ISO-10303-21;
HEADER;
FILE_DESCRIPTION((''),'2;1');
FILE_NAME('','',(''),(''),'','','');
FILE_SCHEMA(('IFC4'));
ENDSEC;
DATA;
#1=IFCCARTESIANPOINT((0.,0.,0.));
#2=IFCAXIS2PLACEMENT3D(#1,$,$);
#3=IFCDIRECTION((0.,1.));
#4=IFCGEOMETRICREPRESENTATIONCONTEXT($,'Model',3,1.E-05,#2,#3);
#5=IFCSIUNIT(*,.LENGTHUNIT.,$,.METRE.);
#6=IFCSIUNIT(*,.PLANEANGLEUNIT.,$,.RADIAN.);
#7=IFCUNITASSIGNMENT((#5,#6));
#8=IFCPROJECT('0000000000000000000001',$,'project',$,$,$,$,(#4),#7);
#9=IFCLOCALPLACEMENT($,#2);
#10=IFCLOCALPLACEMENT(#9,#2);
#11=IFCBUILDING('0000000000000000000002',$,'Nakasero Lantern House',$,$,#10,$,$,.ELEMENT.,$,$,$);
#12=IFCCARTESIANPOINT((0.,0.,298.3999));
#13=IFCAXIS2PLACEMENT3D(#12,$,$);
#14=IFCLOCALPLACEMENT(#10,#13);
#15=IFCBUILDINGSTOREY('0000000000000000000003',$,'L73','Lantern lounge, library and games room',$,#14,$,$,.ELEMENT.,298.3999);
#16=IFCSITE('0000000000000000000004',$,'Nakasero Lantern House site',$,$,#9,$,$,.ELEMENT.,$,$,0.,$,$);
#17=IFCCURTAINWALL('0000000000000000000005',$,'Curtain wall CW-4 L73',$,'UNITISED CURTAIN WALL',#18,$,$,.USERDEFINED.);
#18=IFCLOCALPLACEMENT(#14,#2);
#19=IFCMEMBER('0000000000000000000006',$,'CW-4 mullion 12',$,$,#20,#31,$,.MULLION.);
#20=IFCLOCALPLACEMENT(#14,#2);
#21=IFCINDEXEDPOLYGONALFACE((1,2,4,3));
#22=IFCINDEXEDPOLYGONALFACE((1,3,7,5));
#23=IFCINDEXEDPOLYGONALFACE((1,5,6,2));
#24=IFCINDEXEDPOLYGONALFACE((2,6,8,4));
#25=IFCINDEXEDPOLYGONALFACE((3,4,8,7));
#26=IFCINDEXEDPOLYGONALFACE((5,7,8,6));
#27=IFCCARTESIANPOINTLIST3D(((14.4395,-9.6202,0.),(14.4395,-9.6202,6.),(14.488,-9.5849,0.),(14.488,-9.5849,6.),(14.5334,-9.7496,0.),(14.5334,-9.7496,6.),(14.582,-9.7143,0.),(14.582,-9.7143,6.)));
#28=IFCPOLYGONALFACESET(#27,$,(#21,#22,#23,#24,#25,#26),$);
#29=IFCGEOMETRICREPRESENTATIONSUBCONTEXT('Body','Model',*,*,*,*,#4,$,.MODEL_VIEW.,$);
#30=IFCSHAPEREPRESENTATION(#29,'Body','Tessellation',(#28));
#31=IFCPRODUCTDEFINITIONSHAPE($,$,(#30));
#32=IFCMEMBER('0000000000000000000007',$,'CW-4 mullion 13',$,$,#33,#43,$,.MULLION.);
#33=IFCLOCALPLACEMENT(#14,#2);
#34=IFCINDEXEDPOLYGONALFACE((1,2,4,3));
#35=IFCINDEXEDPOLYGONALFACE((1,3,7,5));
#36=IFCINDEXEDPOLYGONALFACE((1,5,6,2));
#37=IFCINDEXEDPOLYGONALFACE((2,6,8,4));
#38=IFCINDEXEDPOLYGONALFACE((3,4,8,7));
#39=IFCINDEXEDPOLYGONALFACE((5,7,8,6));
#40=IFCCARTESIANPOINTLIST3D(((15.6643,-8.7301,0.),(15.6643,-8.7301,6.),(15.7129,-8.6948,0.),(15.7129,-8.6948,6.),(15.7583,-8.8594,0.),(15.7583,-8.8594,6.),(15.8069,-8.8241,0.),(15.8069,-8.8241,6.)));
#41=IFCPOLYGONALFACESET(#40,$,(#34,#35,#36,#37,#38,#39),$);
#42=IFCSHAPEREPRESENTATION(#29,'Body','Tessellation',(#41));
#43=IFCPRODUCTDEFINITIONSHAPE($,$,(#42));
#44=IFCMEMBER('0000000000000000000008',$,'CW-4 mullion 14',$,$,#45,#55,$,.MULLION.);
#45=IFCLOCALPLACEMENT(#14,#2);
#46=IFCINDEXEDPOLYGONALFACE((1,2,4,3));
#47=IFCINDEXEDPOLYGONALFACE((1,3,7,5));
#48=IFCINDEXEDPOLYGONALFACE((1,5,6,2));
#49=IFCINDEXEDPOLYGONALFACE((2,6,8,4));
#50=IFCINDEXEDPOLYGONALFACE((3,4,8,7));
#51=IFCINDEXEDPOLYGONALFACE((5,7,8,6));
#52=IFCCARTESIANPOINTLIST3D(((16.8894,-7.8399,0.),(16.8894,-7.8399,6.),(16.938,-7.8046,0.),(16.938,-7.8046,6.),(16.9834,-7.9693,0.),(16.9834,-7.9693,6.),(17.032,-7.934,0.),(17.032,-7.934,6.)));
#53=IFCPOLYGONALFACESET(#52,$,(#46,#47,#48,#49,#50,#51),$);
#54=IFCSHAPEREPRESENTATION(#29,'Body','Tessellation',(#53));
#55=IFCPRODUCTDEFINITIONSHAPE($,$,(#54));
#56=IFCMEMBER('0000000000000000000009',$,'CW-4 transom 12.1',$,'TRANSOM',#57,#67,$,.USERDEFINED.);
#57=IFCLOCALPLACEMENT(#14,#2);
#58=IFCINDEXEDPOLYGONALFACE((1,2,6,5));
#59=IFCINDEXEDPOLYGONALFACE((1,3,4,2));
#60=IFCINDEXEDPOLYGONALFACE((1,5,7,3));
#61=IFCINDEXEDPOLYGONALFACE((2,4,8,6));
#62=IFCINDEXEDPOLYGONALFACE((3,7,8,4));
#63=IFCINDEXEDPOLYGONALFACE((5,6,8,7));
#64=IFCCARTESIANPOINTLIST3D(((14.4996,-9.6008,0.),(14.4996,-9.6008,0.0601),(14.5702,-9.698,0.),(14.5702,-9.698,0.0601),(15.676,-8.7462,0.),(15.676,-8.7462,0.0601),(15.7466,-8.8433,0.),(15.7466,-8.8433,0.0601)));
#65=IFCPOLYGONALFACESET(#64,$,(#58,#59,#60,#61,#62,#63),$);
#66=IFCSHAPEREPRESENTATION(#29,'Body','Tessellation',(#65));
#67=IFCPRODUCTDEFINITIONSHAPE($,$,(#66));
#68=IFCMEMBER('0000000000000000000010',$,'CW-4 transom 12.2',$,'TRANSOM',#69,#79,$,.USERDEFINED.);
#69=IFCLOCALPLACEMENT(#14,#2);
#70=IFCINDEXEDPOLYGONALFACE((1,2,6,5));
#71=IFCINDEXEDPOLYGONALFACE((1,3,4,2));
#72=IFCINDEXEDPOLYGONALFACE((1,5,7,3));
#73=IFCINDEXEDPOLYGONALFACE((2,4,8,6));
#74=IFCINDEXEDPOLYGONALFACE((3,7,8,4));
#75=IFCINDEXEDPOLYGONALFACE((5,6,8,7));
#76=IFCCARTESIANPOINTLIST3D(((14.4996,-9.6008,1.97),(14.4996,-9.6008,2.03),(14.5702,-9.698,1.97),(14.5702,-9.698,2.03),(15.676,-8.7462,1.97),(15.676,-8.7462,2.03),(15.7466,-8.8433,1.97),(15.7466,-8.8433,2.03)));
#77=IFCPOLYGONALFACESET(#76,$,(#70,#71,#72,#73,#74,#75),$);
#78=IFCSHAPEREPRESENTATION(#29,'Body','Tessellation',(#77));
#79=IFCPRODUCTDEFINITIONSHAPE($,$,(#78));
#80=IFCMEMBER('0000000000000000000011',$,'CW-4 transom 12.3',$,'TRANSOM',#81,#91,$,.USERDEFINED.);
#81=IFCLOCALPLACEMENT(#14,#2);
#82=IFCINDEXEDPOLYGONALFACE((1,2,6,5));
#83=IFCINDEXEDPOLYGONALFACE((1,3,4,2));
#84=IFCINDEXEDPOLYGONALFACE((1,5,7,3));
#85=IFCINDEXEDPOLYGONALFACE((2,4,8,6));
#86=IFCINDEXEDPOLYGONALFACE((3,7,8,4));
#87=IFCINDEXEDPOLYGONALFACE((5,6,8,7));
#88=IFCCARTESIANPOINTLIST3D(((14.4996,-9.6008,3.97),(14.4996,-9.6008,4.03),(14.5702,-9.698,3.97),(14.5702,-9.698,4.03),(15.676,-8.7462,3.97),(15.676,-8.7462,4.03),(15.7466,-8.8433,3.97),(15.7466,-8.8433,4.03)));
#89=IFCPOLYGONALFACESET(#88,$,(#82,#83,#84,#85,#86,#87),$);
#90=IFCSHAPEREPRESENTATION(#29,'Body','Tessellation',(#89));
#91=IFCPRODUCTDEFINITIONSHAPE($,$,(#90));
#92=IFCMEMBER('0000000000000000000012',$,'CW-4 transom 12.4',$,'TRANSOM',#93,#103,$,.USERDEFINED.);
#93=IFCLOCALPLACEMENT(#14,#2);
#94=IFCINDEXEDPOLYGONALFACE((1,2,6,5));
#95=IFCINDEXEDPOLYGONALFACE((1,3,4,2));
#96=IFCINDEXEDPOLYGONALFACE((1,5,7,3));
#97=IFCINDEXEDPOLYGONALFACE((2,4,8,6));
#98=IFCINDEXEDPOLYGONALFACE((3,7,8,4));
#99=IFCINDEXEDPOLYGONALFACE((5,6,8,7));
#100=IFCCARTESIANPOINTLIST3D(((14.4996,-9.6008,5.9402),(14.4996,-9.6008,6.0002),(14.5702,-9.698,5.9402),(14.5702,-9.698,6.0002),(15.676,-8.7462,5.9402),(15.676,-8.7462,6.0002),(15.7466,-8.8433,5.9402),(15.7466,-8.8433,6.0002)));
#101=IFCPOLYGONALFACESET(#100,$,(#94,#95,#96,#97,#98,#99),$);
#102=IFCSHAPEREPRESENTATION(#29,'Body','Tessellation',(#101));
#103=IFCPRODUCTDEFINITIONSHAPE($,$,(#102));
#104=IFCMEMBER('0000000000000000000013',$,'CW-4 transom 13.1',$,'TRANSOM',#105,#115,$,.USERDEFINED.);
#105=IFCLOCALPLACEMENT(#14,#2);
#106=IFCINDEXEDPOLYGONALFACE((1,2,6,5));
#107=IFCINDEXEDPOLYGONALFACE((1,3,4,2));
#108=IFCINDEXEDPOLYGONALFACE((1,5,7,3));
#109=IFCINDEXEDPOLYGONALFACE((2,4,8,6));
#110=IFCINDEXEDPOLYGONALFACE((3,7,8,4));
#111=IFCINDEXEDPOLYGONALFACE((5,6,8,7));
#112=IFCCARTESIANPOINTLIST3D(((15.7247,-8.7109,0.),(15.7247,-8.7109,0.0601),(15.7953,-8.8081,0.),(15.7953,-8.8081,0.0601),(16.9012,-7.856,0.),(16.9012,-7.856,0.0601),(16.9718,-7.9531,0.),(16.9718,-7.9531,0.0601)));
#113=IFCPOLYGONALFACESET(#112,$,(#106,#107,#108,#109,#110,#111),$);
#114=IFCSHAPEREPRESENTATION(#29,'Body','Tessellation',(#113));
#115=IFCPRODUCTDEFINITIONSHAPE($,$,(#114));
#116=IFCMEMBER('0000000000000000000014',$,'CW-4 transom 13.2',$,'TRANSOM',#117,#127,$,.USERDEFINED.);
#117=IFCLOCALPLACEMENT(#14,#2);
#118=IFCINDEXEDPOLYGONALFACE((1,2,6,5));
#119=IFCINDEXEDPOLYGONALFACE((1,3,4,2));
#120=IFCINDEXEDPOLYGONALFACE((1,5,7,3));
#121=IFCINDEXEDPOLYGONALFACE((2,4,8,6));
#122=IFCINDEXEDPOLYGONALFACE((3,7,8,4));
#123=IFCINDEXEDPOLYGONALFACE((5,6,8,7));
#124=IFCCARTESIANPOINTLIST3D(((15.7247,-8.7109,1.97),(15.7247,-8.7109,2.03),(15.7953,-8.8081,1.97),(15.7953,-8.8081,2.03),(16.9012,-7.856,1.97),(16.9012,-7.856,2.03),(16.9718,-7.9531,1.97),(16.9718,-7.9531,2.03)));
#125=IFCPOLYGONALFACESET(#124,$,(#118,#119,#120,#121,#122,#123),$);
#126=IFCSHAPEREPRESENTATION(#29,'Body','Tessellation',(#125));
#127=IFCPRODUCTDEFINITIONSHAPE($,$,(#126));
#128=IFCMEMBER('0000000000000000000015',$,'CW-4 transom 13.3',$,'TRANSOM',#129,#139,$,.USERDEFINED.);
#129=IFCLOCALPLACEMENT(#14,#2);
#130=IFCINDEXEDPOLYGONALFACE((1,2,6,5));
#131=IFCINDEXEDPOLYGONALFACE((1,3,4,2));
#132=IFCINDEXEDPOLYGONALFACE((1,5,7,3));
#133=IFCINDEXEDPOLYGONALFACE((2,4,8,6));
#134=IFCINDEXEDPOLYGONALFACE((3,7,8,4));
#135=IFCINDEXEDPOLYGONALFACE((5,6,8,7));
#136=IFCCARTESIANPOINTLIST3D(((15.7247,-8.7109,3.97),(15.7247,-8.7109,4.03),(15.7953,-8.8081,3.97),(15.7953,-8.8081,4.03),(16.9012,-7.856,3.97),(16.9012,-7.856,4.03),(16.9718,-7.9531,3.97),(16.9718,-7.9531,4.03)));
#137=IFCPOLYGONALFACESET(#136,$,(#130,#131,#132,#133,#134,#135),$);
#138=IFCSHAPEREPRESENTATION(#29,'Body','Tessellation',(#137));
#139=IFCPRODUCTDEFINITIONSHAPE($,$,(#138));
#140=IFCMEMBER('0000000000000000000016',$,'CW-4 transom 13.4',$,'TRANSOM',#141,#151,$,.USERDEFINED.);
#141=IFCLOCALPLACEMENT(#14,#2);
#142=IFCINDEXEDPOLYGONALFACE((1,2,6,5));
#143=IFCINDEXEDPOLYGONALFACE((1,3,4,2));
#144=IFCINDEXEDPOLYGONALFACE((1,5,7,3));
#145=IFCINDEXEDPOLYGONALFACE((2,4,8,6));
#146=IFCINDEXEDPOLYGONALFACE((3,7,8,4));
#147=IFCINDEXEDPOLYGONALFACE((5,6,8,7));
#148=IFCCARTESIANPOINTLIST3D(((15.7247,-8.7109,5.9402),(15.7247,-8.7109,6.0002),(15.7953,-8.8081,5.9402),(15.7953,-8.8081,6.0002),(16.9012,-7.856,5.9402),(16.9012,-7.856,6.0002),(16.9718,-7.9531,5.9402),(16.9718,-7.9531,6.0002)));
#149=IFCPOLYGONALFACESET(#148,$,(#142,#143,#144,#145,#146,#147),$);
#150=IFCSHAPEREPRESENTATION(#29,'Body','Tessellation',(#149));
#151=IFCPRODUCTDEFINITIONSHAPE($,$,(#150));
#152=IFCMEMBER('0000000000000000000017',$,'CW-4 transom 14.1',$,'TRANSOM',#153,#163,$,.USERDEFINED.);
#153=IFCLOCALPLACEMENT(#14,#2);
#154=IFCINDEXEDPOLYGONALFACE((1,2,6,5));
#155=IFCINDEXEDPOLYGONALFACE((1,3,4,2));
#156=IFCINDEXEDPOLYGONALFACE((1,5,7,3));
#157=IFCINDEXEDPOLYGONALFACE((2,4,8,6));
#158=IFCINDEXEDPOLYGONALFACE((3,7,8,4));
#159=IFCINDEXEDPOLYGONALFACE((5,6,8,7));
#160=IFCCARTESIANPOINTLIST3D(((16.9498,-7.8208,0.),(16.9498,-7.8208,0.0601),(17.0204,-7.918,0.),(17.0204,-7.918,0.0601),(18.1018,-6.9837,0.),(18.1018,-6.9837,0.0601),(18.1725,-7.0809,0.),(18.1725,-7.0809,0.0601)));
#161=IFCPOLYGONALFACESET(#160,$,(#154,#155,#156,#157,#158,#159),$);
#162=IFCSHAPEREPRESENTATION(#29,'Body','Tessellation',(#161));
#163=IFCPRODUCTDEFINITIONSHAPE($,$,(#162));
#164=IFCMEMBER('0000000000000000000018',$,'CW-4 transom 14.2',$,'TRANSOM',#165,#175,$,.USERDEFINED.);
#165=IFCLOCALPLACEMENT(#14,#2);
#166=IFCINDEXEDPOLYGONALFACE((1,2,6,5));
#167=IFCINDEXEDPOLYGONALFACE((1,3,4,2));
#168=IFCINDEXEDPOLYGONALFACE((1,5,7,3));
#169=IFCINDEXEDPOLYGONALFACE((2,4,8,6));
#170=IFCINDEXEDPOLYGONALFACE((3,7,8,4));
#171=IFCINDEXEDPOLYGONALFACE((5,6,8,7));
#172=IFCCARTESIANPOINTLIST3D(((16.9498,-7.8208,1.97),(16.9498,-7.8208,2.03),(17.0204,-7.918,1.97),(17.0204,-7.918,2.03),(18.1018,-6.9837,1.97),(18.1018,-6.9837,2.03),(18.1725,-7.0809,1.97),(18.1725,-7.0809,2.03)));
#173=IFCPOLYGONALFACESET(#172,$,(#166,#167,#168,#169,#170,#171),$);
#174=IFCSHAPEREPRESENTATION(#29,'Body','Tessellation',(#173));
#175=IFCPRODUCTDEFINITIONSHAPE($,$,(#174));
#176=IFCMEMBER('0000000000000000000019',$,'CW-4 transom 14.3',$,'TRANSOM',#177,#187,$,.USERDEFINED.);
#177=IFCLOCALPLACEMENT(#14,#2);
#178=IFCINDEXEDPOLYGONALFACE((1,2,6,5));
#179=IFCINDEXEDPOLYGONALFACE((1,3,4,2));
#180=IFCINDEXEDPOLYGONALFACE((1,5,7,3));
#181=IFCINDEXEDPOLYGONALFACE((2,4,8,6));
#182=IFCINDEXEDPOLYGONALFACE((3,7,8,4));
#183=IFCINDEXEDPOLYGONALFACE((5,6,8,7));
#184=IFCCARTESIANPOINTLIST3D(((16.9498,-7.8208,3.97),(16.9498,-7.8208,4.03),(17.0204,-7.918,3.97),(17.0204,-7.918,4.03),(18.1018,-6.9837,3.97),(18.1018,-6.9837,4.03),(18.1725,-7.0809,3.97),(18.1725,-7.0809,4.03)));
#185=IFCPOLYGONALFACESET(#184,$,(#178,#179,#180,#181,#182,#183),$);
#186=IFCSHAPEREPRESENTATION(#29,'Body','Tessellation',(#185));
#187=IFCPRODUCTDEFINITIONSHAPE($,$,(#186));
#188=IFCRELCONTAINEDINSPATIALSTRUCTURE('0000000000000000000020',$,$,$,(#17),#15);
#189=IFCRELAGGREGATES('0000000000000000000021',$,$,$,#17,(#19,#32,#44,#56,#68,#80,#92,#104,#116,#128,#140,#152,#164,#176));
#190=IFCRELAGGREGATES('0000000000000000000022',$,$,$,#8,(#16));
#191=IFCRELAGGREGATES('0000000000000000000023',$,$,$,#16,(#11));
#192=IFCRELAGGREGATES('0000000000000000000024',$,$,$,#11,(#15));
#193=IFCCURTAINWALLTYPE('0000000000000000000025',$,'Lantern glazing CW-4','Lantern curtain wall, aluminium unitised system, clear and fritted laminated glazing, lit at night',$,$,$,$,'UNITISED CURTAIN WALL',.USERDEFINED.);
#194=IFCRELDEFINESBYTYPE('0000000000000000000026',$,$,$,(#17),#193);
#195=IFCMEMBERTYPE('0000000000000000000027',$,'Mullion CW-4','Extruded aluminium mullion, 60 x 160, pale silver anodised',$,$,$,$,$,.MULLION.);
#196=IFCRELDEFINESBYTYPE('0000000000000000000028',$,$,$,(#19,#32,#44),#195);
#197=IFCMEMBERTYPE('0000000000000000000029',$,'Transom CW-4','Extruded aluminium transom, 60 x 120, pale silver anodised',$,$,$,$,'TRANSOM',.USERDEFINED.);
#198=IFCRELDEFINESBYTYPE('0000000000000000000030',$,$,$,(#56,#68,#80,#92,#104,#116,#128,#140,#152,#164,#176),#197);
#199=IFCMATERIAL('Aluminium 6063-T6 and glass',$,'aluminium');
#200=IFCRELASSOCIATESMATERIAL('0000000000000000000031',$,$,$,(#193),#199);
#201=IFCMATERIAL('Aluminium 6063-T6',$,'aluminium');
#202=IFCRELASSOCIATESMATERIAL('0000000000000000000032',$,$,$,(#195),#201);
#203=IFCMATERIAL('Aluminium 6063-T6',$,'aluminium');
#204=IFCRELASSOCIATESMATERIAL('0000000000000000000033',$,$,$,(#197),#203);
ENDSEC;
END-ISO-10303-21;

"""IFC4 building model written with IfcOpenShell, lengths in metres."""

from ifc_helpers import new_model, si_unit, direction, frame, origin, origin_2d, place, context, subcontext, project, spatial, rectangle, extrude, material, material_profile, profile_set, type_object, element, aggregate, save


model = new_model("IFC4")

# Units and contexts
model_context = context("Model", 3, precision=1e-05, world=origin(), true_north=direction((0.0, 1.0)))
body_context = subcontext(model_context, "Body", "Model", "MODEL_VIEW")
ifc_project = project(units=[si_unit("LENGTHUNIT", "METRE"), si_unit("PLANEANGLEUNIT", "RADIAN")], contexts=[model_context])

# Site, building, storey
site_placement = place(None, origin())
site = spatial("IfcSite", under=ifc_project, at=site_placement, Name="Nakasero Lantern House site", CompositionType="ELEMENT", RefElevation=0.0)
building_placement = place(site_placement, origin())
building = spatial("IfcBuilding", under=site, at=building_placement, Name="Nakasero Lantern House", CompositionType="ELEMENT")
storey_placement = place(building_placement, frame((0.0, 0.0, 298.3999)))
storey = spatial("IfcBuildingStorey", under=building, at=storey_placement, Name="L73", Description="Lantern lounge, library and games room", CompositionType="ELEMENT", Elevation=298.3999)

# Curtain wall, members
ifc_material_1 = material(Name="Aluminium 6063-T6 and glass", Category="aluminium")
curtain_wall_type = type_object("IfcCurtainWallType", Name="Lantern glazing CW-4", Description="Lantern curtain wall, aluminium unitised system, clear and fritted laminated glazing, lit at night", ElementType="UNITISED CURTAIN WALL", PredefinedType="USERDEFINED", material=ifc_material_1)
curtain_wall_placement = place(storey_placement, origin())
curtain_wall = element("IfcCurtainWall", 1, at=curtain_wall_placement, inside=storey, type_object=curtain_wall_type, Name="Curtain wall CW-4 L73", ObjectType="UNITISED CURTAIN WALL", PredefinedType="USERDEFINED")
ifc_material_2 = material(Name="Aluminium 6063-T6", Category="aluminium")
ifc_material_profile_1 = material_profile(ifc_material_2, rectangle(XDim=0.0601, YDim=0.1599, at=origin_2d()), Name="CW-4 mullion 60x160")
ifc_profile_set_1 = profile_set([ifc_material_profile_1], Name="Aluminium 6063-T6")
member_type_1 = type_object("IfcMemberType", Name="Mullion CW-4", Description="Extruded aluminium mullion, 60 x 160, pale silver anodised", PredefinedType="MULLION", material=ifc_profile_set_1)
member_1_placement = place(storey_placement, frame((14.5107, -9.6672, 0.0), z_axis=(0.0, 0.0, 1.0), x_axis=(0.809017, 0.587785, 0.0)))
member_1 = element("IfcMember", 2, at=member_1_placement, type_object=member_type_1, Name="CW-4 mullion 12", PredefinedType="MULLION", context=body_context, shape_type="SweptSolid", body=[
    extrude(rectangle(XDim=0.0601, YDim=0.1599, at=origin_2d()), origin(), (0.0, 0.0, 1.0), 6.0),
])
member_2_placement = place(storey_placement, frame((15.7356, -8.7771, 0.0), z_axis=(0.0, 0.0, 1.0), x_axis=(0.809017, 0.587785, 0.0)))
member_2 = element("IfcMember", 3, at=member_2_placement, type_object=member_type_1, Name="CW-4 mullion 13", PredefinedType="MULLION", context=body_context, shape_type="SweptSolid", body=[
    extrude(rectangle(XDim=0.0601, YDim=0.1599, at=origin_2d()), origin(), (0.0, 0.0, 1.0), 6.0),
])
member_3_placement = place(storey_placement, frame((16.9607, -7.887, 0.0), z_axis=(0.0, 0.0, 1.0), x_axis=(0.809017, 0.587785, 0.0)))
member_3 = element("IfcMember", 4, at=member_3_placement, type_object=member_type_1, Name="CW-4 mullion 14", PredefinedType="MULLION", context=body_context, shape_type="SweptSolid", body=[
    extrude(rectangle(XDim=0.0601, YDim=0.1599, at=origin_2d()), origin(), (0.0, 0.0, 1.0), 6.0),
])
ifc_material_3 = material(Name="Aluminium 6063-T6", Category="aluminium")
ifc_material_profile_2 = material_profile(ifc_material_3, rectangle(XDim=0.0601, YDim=0.1201, at=origin_2d()), Name="CW-4 transom 60x120")
ifc_profile_set_2 = profile_set([ifc_material_profile_2], Name="Aluminium 6063-T6")
member_type_2 = type_object("IfcMemberType", Name="Transom CW-4", Description="Extruded aluminium transom, 60 x 120, pale silver anodised", ElementType="TRANSOM", PredefinedType="USERDEFINED", material=ifc_profile_set_2)
member_4_placement = place(storey_placement, frame((14.5349, -9.6494, 0.03), z_axis=(0.809034, 0.587762, 0.0), x_axis=(0.0, 0.0, 1.0)))
member_4 = element("IfcMember", 5, at=member_4_placement, type_object=member_type_2, Name="CW-4 transom 12.1", ObjectType="TRANSOM", PredefinedType="USERDEFINED", context=body_context, shape_type="SweptSolid", body=[
    extrude(rectangle(XDim=0.0601, YDim=0.1201, at=origin_2d()), origin(), (0.0, 0.0, 1.0), 1.4541),
])
member_5_placement = place(storey_placement, frame((14.5349, -9.6494, 2.0), z_axis=(0.809034, 0.587762, 0.0), x_axis=(0.0, 0.0, 1.0)))
member_5 = element("IfcMember", 6, at=member_5_placement, type_object=member_type_2, Name="CW-4 transom 12.2", ObjectType="TRANSOM", PredefinedType="USERDEFINED", context=body_context, shape_type="SweptSolid", body=[
    extrude(rectangle(XDim=0.0601, YDim=0.1201, at=origin_2d()), origin(), (0.0, 0.0, 1.0), 1.4541),
])
member_6_placement = place(storey_placement, frame((14.5349, -9.6494, 4.0), z_axis=(0.809034, 0.587762, 0.0), x_axis=(0.0, 0.0, 1.0)))
member_6 = element("IfcMember", 7, at=member_6_placement, type_object=member_type_2, Name="CW-4 transom 12.3", ObjectType="TRANSOM", PredefinedType="USERDEFINED", context=body_context, shape_type="SweptSolid", body=[
    extrude(rectangle(XDim=0.0601, YDim=0.1201, at=origin_2d()), origin(), (0.0, 0.0, 1.0), 1.4541),
])
member_7_placement = place(storey_placement, frame((14.5349, -9.6494, 5.9702), z_axis=(0.809034, 0.587762, 0.0), x_axis=(0.0, 0.0, 1.0)))
member_7 = element("IfcMember", 8, at=member_7_placement, type_object=member_type_2, Name="CW-4 transom 12.4", ObjectType="TRANSOM", PredefinedType="USERDEFINED", context=body_context, shape_type="SweptSolid", body=[
    extrude(rectangle(XDim=0.0601, YDim=0.1201, at=origin_2d()), origin(), (0.0, 0.0, 1.0), 1.4541),
])
member_8_placement = place(storey_placement, frame((15.76, -8.7595, 0.03), z_axis=(0.808954, 0.587872, 0.0), x_axis=(0.0, 0.0, 1.0)))
member_8 = element("IfcMember", 9, at=member_8_placement, type_object=member_type_2, Name="CW-4 transom 13.1", ObjectType="TRANSOM", PredefinedType="USERDEFINED", context=body_context, shape_type="SweptSolid", body=[
    extrude(rectangle(XDim=0.0601, YDim=0.1201, at=origin_2d()), origin(), (0.0, 0.0, 1.0), 1.4543),
])
member_9_placement = place(storey_placement, frame((15.76, -8.7595, 2.0), z_axis=(0.808954, 0.587872, 0.0), x_axis=(0.0, 0.0, 1.0)))
member_9 = element("IfcMember", 10, at=member_9_placement, type_object=member_type_2, Name="CW-4 transom 13.2", ObjectType="TRANSOM", PredefinedType="USERDEFINED", context=body_context, shape_type="SweptSolid", body=[
    extrude(rectangle(XDim=0.0601, YDim=0.1201, at=origin_2d()), origin(), (0.0, 0.0, 1.0), 1.4543),
])
member_10_placement = place(storey_placement, frame((15.76, -8.7595, 4.0), z_axis=(0.808954, 0.587872, 0.0), x_axis=(0.0, 0.0, 1.0)))
member_10 = element("IfcMember", 11, at=member_10_placement, type_object=member_type_2, Name="CW-4 transom 13.3", ObjectType="TRANSOM", PredefinedType="USERDEFINED", context=body_context, shape_type="SweptSolid", body=[
    extrude(rectangle(XDim=0.0601, YDim=0.1201, at=origin_2d()), origin(), (0.0, 0.0, 1.0), 1.4543),
])
member_11_placement = place(storey_placement, frame((15.76, -8.7595, 5.9702), z_axis=(0.808954, 0.587872, 0.0), x_axis=(0.0, 0.0, 1.0)))
member_11 = element("IfcMember", 12, at=member_11_placement, type_object=member_type_2, Name="CW-4 transom 13.4", ObjectType="TRANSOM", PredefinedType="USERDEFINED", context=body_context, shape_type="SweptSolid", body=[
    extrude(rectangle(XDim=0.0601, YDim=0.1201, at=origin_2d()), origin(), (0.0, 0.0, 1.0), 1.4543),
])
member_12_placement = place(storey_placement, frame((16.9851, -7.8694, 0.03), z_axis=(0.808981, 0.587835, 0.0), x_axis=(0.0, 0.0, 1.0)))
member_12 = element("IfcMember", 13, at=member_12_placement, type_object=member_type_2, Name="CW-4 transom 14.1", ObjectType="TRANSOM", PredefinedType="USERDEFINED", context=body_context, shape_type="SweptSolid", body=[
    extrude(rectangle(XDim=0.0601, YDim=0.1201, at=origin_2d()), origin(), (0.0, 0.0, 1.0), 1.4241),
])
member_13_placement = place(storey_placement, frame((16.9851, -7.8694, 2.0), z_axis=(0.808981, 0.587835, 0.0), x_axis=(0.0, 0.0, 1.0)))
member_13 = element("IfcMember", 14, at=member_13_placement, type_object=member_type_2, Name="CW-4 transom 14.2", ObjectType="TRANSOM", PredefinedType="USERDEFINED", context=body_context, shape_type="SweptSolid", body=[
    extrude(rectangle(XDim=0.0601, YDim=0.1201, at=origin_2d()), origin(), (0.0, 0.0, 1.0), 1.4241),
])
member_14_placement = place(storey_placement, frame((16.9851, -7.8694, 4.0), z_axis=(0.808981, 0.587835, 0.0), x_axis=(0.0, 0.0, 1.0)))
member_14 = element("IfcMember", 15, at=member_14_placement, type_object=member_type_2, Name="CW-4 transom 14.3", ObjectType="TRANSOM", PredefinedType="USERDEFINED", context=body_context, shape_type="SweptSolid", body=[
    extrude(rectangle(XDim=0.0601, YDim=0.1201, at=origin_2d()), origin(), (0.0, 0.0, 1.0), 1.4241),
])
aggregate(curtain_wall, [member_1, member_2, member_3, member_4, member_5, member_6, member_7, member_8, member_9, member_10, member_11, member_12, member_13, member_14])

save(model, "model.ifc")
